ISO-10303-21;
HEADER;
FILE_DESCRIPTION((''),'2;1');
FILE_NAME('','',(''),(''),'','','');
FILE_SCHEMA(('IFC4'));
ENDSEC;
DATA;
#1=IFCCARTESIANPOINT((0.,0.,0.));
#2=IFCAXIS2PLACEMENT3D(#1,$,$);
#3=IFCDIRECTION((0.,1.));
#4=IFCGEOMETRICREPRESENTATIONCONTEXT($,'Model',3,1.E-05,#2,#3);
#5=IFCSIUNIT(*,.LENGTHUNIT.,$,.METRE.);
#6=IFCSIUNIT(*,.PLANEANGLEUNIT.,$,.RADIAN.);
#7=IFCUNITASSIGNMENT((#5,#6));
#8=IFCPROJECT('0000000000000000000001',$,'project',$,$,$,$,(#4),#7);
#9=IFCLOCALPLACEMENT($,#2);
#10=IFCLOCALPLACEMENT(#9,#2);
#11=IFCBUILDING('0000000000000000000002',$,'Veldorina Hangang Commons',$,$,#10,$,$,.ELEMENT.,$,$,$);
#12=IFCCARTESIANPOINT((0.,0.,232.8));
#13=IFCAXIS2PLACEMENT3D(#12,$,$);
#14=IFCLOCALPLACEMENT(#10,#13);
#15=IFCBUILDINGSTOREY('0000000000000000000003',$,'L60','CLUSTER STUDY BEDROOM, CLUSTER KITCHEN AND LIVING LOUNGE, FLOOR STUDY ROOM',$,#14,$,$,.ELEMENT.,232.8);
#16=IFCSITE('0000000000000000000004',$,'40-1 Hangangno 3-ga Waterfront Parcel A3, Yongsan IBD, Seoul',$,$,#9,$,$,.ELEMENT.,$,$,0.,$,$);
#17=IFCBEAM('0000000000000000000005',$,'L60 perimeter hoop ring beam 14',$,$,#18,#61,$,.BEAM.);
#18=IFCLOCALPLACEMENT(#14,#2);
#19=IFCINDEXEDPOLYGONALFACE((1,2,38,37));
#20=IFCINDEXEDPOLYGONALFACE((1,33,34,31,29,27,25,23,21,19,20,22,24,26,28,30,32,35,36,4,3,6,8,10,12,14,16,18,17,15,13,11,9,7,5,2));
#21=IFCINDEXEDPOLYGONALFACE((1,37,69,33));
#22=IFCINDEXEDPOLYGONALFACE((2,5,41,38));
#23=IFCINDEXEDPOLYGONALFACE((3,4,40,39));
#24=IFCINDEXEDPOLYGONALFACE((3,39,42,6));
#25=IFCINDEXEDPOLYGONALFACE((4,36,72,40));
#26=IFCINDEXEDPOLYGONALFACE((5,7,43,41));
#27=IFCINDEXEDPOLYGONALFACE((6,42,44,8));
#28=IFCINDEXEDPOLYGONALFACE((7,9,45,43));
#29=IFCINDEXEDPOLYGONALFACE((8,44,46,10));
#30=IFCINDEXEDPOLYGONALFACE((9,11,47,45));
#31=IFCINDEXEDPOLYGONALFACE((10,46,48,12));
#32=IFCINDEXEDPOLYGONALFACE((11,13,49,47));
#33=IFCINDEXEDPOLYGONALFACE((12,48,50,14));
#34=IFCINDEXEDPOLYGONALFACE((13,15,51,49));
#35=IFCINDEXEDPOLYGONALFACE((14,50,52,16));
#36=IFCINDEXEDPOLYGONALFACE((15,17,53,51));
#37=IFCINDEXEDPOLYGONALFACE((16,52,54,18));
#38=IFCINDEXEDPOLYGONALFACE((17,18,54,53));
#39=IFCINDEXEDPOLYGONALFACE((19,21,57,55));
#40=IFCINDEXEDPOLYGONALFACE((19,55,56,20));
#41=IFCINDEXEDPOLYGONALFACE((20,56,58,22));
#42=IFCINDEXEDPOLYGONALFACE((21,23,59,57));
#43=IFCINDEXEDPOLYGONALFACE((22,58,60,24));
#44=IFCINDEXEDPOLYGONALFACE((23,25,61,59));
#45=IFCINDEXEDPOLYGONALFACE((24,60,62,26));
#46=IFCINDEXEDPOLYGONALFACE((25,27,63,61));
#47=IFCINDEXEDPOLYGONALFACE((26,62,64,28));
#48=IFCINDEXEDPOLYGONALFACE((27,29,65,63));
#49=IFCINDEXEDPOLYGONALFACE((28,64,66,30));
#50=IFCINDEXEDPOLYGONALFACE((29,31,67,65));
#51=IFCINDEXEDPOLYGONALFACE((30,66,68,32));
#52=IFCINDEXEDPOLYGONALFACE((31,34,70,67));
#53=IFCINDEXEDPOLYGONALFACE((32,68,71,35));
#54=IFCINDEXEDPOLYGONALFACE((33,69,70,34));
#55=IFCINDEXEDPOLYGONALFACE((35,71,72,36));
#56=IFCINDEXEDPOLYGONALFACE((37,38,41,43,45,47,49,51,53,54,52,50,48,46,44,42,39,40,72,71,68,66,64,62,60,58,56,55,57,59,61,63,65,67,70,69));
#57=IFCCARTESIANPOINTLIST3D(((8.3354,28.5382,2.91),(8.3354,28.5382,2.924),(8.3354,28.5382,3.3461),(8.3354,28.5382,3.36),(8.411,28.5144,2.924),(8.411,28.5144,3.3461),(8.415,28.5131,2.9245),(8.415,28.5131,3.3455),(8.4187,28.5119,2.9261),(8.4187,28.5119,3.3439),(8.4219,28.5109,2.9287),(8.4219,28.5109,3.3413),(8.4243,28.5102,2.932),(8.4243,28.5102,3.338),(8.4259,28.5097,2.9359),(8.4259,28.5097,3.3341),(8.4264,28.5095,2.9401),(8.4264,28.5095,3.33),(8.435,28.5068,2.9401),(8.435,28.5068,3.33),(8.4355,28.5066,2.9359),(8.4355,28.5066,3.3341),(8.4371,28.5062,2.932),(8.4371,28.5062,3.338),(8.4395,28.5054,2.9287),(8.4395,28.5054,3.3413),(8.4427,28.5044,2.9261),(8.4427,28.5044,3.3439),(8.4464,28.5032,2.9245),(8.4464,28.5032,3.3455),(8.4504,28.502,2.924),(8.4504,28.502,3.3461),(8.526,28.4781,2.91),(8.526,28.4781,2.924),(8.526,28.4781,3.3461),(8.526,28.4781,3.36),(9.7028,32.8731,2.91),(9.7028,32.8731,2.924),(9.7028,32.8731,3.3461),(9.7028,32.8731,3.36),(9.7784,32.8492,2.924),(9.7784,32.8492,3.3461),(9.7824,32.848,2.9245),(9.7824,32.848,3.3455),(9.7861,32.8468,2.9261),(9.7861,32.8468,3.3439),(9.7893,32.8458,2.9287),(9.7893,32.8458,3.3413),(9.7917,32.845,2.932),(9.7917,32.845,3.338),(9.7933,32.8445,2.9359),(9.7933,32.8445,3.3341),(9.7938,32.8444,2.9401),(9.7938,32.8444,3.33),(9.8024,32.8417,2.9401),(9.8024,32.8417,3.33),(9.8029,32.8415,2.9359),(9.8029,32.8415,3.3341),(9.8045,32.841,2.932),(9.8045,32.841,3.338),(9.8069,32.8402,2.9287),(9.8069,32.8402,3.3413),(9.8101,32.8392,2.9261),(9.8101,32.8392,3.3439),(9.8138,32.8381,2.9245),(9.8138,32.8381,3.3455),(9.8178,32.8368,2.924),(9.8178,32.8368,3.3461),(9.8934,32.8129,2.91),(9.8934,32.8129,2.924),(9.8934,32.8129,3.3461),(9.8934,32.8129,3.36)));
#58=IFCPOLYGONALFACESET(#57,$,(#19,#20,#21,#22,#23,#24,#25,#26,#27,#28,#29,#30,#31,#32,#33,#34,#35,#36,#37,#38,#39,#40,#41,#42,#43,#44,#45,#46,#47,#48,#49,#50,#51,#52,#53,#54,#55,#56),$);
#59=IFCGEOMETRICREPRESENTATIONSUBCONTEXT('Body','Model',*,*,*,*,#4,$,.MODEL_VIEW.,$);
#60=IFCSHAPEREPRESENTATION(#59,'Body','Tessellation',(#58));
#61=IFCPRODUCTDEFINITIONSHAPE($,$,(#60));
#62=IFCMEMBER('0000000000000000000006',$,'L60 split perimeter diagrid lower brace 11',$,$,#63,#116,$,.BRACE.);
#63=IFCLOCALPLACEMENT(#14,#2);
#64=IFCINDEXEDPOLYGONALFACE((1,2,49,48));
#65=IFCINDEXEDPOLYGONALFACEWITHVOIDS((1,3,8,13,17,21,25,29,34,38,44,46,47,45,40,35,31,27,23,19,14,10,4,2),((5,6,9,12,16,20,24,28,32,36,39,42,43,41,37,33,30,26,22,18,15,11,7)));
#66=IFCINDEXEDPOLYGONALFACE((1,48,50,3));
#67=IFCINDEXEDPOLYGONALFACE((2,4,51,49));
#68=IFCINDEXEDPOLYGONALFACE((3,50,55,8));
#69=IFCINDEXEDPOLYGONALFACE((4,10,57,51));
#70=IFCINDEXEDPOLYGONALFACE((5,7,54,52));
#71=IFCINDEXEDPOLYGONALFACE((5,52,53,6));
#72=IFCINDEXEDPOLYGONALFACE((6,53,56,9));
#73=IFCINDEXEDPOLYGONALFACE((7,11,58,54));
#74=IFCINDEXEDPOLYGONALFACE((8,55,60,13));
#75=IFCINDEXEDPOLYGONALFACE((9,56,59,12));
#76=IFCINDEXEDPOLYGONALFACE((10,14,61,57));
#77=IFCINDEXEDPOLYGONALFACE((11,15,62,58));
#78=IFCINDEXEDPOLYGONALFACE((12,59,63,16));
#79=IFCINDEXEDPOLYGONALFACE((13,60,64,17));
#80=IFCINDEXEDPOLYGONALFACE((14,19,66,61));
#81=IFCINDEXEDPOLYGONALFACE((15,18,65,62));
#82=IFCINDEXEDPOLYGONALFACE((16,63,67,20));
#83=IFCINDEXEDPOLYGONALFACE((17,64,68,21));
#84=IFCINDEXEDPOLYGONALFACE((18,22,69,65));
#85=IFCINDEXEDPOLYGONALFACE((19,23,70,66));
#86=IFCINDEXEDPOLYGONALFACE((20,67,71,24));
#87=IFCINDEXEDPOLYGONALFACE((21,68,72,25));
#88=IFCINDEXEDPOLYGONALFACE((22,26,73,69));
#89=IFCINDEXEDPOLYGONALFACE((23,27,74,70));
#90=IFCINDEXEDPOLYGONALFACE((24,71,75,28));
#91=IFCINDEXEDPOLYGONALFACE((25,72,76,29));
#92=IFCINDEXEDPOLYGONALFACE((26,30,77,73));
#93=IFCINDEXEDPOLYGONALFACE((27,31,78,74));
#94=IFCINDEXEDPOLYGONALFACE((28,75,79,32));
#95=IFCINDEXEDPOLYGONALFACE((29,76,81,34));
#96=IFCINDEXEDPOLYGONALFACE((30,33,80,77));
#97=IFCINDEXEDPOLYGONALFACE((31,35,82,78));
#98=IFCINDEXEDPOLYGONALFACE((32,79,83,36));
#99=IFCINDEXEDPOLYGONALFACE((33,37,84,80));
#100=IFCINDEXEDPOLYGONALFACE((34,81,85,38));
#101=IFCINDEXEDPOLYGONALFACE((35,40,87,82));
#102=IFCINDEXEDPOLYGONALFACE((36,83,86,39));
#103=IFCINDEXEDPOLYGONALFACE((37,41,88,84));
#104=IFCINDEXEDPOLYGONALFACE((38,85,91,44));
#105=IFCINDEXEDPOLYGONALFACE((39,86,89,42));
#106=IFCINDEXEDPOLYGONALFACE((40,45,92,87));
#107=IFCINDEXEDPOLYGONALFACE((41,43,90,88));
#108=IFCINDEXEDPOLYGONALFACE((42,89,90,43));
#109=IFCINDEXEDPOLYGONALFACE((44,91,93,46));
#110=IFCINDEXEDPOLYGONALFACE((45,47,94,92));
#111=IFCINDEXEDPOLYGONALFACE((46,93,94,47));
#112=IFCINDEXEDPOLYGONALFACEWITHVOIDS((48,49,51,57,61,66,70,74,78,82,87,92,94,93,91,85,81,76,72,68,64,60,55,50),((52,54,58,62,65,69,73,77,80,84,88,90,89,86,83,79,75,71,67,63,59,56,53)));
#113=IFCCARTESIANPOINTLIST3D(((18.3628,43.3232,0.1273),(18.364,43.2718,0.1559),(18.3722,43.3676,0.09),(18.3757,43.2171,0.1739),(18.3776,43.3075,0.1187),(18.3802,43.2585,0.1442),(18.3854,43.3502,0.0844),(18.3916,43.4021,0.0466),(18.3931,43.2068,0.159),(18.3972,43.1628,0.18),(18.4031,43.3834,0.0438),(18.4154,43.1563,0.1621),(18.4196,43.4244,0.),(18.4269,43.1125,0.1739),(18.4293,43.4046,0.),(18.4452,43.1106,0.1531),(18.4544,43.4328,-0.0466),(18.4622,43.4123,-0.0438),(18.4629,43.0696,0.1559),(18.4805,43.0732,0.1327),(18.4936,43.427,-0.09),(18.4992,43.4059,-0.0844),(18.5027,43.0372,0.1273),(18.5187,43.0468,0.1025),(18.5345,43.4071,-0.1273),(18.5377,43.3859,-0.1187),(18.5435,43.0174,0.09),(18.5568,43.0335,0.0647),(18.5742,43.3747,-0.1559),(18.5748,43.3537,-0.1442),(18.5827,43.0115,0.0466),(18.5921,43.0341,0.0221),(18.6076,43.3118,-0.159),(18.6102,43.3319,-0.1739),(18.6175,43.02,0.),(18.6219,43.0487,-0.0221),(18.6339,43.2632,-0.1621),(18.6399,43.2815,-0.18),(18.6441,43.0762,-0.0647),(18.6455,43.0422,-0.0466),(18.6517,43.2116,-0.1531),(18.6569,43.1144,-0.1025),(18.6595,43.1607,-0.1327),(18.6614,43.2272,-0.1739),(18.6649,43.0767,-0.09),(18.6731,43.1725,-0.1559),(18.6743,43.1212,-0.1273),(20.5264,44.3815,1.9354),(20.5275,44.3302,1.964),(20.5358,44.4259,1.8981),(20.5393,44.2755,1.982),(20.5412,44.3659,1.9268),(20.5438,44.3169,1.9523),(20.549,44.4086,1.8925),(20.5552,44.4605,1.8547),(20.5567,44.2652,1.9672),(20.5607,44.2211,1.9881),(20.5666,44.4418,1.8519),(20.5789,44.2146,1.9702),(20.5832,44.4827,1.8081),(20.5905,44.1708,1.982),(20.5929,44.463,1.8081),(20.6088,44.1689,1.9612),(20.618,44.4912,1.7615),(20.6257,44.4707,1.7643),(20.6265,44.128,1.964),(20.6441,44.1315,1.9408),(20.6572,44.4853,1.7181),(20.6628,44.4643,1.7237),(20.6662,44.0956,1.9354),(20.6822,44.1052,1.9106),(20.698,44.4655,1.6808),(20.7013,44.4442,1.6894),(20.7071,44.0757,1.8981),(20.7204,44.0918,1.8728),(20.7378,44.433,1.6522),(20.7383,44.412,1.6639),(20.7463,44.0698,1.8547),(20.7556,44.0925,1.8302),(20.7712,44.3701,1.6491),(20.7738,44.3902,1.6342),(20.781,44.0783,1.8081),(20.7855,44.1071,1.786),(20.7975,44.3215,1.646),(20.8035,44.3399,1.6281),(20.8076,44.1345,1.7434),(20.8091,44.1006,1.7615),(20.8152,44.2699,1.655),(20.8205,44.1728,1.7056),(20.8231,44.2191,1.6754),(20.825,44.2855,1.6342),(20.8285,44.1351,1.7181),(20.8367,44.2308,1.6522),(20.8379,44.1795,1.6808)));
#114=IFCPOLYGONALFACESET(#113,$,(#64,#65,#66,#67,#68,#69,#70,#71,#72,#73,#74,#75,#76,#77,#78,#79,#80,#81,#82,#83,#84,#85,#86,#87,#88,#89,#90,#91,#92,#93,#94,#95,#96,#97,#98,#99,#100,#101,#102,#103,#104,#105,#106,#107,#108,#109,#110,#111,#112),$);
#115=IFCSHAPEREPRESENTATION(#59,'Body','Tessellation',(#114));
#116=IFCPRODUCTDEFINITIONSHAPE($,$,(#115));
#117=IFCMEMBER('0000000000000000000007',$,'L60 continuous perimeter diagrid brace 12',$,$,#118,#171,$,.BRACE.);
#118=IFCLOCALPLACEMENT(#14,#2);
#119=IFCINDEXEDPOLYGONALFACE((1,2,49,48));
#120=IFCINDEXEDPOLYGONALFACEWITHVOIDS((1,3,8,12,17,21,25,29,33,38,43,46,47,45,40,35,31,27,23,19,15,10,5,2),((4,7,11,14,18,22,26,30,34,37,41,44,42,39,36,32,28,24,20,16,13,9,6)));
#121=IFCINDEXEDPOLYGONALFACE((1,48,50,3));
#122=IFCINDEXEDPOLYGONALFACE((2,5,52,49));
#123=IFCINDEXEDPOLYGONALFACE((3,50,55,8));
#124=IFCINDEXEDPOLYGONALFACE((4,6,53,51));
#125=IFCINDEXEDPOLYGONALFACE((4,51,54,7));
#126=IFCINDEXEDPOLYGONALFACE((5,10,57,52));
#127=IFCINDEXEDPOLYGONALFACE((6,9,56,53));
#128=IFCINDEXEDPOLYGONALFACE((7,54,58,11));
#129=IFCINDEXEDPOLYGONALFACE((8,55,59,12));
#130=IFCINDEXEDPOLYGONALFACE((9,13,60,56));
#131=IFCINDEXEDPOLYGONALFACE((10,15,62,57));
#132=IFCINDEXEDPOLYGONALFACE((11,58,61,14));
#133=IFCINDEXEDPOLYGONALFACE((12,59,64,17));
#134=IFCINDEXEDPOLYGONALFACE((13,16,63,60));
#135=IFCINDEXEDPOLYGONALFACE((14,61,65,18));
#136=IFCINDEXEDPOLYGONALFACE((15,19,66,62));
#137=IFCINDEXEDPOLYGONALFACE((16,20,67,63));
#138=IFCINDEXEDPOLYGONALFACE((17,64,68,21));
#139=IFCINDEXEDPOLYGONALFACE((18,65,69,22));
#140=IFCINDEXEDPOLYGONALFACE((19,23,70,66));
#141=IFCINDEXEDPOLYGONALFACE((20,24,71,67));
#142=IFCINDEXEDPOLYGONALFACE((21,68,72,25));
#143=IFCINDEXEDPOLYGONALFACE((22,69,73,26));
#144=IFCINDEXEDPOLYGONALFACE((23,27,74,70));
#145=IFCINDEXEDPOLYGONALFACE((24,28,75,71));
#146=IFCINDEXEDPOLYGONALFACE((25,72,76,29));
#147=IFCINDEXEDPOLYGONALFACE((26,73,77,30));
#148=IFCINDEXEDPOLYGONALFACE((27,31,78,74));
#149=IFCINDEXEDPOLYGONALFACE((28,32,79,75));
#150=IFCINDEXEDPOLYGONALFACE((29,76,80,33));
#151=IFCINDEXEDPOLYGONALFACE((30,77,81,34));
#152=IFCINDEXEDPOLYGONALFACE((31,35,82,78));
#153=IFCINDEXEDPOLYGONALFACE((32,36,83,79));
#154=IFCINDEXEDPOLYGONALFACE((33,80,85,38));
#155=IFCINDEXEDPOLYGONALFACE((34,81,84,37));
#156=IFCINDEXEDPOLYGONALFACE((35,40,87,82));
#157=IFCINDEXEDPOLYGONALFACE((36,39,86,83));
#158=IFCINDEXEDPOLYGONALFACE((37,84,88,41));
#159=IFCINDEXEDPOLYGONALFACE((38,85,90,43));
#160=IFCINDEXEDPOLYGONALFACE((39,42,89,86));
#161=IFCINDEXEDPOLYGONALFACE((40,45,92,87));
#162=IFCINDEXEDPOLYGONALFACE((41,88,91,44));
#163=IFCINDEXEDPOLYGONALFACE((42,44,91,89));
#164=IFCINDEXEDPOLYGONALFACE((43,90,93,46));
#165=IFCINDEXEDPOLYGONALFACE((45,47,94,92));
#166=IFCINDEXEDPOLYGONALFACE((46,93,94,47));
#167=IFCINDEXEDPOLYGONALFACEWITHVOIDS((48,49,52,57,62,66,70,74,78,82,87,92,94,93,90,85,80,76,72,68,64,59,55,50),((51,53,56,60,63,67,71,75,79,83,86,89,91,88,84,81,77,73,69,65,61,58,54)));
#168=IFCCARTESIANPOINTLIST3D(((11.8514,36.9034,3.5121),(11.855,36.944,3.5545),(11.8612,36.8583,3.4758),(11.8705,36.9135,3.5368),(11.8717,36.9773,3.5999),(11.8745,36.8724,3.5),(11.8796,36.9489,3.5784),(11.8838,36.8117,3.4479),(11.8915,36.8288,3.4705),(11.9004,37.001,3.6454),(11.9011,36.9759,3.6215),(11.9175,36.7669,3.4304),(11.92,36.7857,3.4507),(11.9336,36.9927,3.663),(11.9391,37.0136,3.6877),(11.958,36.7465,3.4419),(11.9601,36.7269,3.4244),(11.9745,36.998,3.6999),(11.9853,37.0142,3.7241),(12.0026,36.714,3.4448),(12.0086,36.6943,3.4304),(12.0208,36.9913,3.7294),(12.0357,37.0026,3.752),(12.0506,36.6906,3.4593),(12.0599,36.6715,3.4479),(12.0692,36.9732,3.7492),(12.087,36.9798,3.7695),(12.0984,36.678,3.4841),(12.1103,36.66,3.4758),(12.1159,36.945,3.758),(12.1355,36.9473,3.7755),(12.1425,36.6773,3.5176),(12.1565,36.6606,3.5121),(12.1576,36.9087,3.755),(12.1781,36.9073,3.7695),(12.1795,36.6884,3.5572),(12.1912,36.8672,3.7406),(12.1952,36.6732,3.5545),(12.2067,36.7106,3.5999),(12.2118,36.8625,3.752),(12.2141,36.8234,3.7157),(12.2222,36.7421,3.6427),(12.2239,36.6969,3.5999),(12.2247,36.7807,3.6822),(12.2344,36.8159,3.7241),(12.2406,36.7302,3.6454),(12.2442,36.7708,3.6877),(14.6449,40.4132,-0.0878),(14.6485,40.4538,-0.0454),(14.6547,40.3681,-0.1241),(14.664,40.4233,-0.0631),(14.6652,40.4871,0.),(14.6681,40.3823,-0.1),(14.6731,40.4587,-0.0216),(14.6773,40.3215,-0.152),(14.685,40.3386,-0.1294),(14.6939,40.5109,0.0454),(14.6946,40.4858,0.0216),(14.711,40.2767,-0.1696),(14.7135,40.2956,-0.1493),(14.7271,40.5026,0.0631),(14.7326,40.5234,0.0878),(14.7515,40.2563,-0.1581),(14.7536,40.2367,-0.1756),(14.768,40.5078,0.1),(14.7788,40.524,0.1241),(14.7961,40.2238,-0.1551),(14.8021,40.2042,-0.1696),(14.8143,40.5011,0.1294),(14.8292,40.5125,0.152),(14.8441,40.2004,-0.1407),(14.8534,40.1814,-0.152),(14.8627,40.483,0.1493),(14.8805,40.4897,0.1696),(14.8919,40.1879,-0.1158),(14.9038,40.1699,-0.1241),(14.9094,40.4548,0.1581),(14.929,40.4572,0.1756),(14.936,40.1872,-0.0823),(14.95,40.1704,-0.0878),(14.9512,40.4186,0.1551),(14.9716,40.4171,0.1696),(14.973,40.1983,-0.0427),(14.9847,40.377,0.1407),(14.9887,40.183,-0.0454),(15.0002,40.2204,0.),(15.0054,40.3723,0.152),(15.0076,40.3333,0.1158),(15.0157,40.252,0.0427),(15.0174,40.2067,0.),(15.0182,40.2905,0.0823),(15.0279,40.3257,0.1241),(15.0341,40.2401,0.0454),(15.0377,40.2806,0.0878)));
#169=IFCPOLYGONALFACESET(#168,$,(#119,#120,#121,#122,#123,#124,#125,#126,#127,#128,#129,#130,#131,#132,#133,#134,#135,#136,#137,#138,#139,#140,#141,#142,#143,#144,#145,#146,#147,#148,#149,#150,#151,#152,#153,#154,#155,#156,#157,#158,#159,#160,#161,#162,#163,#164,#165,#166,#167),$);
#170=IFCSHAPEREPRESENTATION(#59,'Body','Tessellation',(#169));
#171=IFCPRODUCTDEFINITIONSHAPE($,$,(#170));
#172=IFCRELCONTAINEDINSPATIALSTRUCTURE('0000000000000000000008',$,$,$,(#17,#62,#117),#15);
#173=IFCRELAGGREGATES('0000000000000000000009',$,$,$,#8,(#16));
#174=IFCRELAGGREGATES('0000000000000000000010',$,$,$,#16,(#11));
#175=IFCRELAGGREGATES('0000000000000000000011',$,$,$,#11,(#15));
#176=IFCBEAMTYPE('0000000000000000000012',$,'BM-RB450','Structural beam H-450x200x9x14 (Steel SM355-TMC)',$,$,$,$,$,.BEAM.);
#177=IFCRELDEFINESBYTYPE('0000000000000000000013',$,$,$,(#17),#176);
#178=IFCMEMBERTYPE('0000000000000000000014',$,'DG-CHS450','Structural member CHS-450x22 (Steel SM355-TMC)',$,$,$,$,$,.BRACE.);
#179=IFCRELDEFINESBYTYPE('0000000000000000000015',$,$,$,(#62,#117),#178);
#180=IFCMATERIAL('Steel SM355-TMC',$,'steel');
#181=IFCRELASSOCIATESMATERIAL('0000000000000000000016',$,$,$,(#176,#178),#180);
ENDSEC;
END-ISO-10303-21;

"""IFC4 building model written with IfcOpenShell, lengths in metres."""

from ifc_helpers import new_model, si_unit, direction, frame, origin, origin_2d, place, context, subcontext, project, spatial, hollow_circle, i_section, extrude, material, material_profile, profile_set, type_object, element, save


model = new_model("IFC4")

# Units and contexts
model_context = context("Model", 3, precision=1e-05, world=origin(), true_north=direction((0.0, 1.0)))
body_context = subcontext(model_context, "Body", "Model", "MODEL_VIEW")
ifc_project = project(units=[si_unit("LENGTHUNIT", "METRE"), si_unit("PLANEANGLEUNIT", "RADIAN")], contexts=[model_context])

# Site, building, storey
site_placement = place(None, origin())
site = spatial("IfcSite", under=ifc_project, at=site_placement, Name="40-1 Hangangno 3-ga Waterfront Parcel A3, Yongsan IBD, Seoul", CompositionType="ELEMENT", RefElevation=0.0)
building_placement = place(site_placement, origin())
building = spatial("IfcBuilding", under=site, at=building_placement, Name="Veldorina Hangang Commons", CompositionType="ELEMENT")
storey_placement = place(building_placement, frame((0.0, 0.0, 232.8)))
storey = spatial("IfcBuildingStorey", under=building, at=storey_placement, Name="L60", Description="CLUSTER STUDY BEDROOM, CLUSTER KITCHEN AND LIVING LOUNGE, FLOOR STUDY ROOM", CompositionType="ELEMENT", Elevation=232.8)

# Beam
ifc_material_1 = material(Name="Steel SM355-TMC", Category="steel")
ifc_material_profile_1 = material_profile(ifc_material_1, i_section(OverallWidth=0.2, OverallDepth=0.45, WebThickness=0.009, FlangeThickness=0.0139, FilletRadius=0.0161, at=origin_2d()), Name="H-450x200x9x14")
ifc_profile_set_1 = profile_set([ifc_material_profile_1], Name="Steel SM355-TMC")
beam_type_1 = type_object("IfcBeamType", Name="BM-RB450", Description="Structural beam H-450x200x9x14 (Steel SM355-TMC)", PredefinedType="BEAM", material=ifc_profile_set_1)
beam_1_placement = place(storey_placement, frame((9.7981, 32.843, 3.135), z_axis=(-0.300831, -0.953678, 0.0), x_axis=(0.953678, -0.300831, 0.0)))
element("IfcBeam", 1, at=beam_1_placement, inside=storey, type_object=beam_type_1, Name="L60 perimeter hoop ring beam 14", PredefinedType="BEAM", context=body_context, shape_type="SweptSolid", body=[
    extrude(i_section(OverallWidth=0.2, OverallDepth=0.45, WebThickness=0.009, FlangeThickness=0.0139, FilletRadius=0.0161, at=origin_2d()), origin(), (0.0, 0.0, 1.0), 4.5454),
])

# Members
ifc_material_profile_2 = material_profile(ifc_material_1, hollow_circle(Radius=0.2251, WallThickness=0.022, at=origin_2d()), Name="CHS-450x22")
ifc_profile_set_2 = profile_set([ifc_material_profile_2], Name="Steel SM355-TMC")
member_type_1 = type_object("IfcMemberType", Name="DG-CHS450", Description="Structural member CHS-450x22 (Steel SM355-TMC)", PredefinedType="BRACE", material=ifc_profile_set_2)
member_1_placement = place(storey_placement, frame((18.5186, 43.2222, 0.0), z_axis=(0.718387, 0.351411, 0.600358), x_axis=(-0.439412, 0.898286, 0.0)))
element("IfcMember", 2, at=member_1_placement, inside=storey, type_object=member_type_1, Name="L60 split perimeter diagrid lower brace 11", PredefinedType="BRACE", context=body_context, shape_type="SweptSolid", body=[
    extrude(hollow_circle(Radius=0.2251, WallThickness=0.022, at=origin_2d()), origin(), (0.0, 0.0, 1.0), 3.0117),
])
member_2_placement = place(storey_placement, frame((14.8413, 40.3469, 0.0), z_axis=(-0.485684, -0.610225, 0.625888), x_axis=(0.782427, -0.622742, 0.0)))
element("IfcMember", 3, at=member_2_placement, inside=storey, type_object=member_type_1, Name="L60 continuous perimeter diagrid brace 12", PredefinedType="BRACE", context=body_context, shape_type="SweptSolid", body=[
    extrude(hollow_circle(Radius=0.2251, WallThickness=0.022, at=origin_2d()), origin(), (0.0, 0.0, 1.0), 5.7517),
])

save(model, "model.ifc")
